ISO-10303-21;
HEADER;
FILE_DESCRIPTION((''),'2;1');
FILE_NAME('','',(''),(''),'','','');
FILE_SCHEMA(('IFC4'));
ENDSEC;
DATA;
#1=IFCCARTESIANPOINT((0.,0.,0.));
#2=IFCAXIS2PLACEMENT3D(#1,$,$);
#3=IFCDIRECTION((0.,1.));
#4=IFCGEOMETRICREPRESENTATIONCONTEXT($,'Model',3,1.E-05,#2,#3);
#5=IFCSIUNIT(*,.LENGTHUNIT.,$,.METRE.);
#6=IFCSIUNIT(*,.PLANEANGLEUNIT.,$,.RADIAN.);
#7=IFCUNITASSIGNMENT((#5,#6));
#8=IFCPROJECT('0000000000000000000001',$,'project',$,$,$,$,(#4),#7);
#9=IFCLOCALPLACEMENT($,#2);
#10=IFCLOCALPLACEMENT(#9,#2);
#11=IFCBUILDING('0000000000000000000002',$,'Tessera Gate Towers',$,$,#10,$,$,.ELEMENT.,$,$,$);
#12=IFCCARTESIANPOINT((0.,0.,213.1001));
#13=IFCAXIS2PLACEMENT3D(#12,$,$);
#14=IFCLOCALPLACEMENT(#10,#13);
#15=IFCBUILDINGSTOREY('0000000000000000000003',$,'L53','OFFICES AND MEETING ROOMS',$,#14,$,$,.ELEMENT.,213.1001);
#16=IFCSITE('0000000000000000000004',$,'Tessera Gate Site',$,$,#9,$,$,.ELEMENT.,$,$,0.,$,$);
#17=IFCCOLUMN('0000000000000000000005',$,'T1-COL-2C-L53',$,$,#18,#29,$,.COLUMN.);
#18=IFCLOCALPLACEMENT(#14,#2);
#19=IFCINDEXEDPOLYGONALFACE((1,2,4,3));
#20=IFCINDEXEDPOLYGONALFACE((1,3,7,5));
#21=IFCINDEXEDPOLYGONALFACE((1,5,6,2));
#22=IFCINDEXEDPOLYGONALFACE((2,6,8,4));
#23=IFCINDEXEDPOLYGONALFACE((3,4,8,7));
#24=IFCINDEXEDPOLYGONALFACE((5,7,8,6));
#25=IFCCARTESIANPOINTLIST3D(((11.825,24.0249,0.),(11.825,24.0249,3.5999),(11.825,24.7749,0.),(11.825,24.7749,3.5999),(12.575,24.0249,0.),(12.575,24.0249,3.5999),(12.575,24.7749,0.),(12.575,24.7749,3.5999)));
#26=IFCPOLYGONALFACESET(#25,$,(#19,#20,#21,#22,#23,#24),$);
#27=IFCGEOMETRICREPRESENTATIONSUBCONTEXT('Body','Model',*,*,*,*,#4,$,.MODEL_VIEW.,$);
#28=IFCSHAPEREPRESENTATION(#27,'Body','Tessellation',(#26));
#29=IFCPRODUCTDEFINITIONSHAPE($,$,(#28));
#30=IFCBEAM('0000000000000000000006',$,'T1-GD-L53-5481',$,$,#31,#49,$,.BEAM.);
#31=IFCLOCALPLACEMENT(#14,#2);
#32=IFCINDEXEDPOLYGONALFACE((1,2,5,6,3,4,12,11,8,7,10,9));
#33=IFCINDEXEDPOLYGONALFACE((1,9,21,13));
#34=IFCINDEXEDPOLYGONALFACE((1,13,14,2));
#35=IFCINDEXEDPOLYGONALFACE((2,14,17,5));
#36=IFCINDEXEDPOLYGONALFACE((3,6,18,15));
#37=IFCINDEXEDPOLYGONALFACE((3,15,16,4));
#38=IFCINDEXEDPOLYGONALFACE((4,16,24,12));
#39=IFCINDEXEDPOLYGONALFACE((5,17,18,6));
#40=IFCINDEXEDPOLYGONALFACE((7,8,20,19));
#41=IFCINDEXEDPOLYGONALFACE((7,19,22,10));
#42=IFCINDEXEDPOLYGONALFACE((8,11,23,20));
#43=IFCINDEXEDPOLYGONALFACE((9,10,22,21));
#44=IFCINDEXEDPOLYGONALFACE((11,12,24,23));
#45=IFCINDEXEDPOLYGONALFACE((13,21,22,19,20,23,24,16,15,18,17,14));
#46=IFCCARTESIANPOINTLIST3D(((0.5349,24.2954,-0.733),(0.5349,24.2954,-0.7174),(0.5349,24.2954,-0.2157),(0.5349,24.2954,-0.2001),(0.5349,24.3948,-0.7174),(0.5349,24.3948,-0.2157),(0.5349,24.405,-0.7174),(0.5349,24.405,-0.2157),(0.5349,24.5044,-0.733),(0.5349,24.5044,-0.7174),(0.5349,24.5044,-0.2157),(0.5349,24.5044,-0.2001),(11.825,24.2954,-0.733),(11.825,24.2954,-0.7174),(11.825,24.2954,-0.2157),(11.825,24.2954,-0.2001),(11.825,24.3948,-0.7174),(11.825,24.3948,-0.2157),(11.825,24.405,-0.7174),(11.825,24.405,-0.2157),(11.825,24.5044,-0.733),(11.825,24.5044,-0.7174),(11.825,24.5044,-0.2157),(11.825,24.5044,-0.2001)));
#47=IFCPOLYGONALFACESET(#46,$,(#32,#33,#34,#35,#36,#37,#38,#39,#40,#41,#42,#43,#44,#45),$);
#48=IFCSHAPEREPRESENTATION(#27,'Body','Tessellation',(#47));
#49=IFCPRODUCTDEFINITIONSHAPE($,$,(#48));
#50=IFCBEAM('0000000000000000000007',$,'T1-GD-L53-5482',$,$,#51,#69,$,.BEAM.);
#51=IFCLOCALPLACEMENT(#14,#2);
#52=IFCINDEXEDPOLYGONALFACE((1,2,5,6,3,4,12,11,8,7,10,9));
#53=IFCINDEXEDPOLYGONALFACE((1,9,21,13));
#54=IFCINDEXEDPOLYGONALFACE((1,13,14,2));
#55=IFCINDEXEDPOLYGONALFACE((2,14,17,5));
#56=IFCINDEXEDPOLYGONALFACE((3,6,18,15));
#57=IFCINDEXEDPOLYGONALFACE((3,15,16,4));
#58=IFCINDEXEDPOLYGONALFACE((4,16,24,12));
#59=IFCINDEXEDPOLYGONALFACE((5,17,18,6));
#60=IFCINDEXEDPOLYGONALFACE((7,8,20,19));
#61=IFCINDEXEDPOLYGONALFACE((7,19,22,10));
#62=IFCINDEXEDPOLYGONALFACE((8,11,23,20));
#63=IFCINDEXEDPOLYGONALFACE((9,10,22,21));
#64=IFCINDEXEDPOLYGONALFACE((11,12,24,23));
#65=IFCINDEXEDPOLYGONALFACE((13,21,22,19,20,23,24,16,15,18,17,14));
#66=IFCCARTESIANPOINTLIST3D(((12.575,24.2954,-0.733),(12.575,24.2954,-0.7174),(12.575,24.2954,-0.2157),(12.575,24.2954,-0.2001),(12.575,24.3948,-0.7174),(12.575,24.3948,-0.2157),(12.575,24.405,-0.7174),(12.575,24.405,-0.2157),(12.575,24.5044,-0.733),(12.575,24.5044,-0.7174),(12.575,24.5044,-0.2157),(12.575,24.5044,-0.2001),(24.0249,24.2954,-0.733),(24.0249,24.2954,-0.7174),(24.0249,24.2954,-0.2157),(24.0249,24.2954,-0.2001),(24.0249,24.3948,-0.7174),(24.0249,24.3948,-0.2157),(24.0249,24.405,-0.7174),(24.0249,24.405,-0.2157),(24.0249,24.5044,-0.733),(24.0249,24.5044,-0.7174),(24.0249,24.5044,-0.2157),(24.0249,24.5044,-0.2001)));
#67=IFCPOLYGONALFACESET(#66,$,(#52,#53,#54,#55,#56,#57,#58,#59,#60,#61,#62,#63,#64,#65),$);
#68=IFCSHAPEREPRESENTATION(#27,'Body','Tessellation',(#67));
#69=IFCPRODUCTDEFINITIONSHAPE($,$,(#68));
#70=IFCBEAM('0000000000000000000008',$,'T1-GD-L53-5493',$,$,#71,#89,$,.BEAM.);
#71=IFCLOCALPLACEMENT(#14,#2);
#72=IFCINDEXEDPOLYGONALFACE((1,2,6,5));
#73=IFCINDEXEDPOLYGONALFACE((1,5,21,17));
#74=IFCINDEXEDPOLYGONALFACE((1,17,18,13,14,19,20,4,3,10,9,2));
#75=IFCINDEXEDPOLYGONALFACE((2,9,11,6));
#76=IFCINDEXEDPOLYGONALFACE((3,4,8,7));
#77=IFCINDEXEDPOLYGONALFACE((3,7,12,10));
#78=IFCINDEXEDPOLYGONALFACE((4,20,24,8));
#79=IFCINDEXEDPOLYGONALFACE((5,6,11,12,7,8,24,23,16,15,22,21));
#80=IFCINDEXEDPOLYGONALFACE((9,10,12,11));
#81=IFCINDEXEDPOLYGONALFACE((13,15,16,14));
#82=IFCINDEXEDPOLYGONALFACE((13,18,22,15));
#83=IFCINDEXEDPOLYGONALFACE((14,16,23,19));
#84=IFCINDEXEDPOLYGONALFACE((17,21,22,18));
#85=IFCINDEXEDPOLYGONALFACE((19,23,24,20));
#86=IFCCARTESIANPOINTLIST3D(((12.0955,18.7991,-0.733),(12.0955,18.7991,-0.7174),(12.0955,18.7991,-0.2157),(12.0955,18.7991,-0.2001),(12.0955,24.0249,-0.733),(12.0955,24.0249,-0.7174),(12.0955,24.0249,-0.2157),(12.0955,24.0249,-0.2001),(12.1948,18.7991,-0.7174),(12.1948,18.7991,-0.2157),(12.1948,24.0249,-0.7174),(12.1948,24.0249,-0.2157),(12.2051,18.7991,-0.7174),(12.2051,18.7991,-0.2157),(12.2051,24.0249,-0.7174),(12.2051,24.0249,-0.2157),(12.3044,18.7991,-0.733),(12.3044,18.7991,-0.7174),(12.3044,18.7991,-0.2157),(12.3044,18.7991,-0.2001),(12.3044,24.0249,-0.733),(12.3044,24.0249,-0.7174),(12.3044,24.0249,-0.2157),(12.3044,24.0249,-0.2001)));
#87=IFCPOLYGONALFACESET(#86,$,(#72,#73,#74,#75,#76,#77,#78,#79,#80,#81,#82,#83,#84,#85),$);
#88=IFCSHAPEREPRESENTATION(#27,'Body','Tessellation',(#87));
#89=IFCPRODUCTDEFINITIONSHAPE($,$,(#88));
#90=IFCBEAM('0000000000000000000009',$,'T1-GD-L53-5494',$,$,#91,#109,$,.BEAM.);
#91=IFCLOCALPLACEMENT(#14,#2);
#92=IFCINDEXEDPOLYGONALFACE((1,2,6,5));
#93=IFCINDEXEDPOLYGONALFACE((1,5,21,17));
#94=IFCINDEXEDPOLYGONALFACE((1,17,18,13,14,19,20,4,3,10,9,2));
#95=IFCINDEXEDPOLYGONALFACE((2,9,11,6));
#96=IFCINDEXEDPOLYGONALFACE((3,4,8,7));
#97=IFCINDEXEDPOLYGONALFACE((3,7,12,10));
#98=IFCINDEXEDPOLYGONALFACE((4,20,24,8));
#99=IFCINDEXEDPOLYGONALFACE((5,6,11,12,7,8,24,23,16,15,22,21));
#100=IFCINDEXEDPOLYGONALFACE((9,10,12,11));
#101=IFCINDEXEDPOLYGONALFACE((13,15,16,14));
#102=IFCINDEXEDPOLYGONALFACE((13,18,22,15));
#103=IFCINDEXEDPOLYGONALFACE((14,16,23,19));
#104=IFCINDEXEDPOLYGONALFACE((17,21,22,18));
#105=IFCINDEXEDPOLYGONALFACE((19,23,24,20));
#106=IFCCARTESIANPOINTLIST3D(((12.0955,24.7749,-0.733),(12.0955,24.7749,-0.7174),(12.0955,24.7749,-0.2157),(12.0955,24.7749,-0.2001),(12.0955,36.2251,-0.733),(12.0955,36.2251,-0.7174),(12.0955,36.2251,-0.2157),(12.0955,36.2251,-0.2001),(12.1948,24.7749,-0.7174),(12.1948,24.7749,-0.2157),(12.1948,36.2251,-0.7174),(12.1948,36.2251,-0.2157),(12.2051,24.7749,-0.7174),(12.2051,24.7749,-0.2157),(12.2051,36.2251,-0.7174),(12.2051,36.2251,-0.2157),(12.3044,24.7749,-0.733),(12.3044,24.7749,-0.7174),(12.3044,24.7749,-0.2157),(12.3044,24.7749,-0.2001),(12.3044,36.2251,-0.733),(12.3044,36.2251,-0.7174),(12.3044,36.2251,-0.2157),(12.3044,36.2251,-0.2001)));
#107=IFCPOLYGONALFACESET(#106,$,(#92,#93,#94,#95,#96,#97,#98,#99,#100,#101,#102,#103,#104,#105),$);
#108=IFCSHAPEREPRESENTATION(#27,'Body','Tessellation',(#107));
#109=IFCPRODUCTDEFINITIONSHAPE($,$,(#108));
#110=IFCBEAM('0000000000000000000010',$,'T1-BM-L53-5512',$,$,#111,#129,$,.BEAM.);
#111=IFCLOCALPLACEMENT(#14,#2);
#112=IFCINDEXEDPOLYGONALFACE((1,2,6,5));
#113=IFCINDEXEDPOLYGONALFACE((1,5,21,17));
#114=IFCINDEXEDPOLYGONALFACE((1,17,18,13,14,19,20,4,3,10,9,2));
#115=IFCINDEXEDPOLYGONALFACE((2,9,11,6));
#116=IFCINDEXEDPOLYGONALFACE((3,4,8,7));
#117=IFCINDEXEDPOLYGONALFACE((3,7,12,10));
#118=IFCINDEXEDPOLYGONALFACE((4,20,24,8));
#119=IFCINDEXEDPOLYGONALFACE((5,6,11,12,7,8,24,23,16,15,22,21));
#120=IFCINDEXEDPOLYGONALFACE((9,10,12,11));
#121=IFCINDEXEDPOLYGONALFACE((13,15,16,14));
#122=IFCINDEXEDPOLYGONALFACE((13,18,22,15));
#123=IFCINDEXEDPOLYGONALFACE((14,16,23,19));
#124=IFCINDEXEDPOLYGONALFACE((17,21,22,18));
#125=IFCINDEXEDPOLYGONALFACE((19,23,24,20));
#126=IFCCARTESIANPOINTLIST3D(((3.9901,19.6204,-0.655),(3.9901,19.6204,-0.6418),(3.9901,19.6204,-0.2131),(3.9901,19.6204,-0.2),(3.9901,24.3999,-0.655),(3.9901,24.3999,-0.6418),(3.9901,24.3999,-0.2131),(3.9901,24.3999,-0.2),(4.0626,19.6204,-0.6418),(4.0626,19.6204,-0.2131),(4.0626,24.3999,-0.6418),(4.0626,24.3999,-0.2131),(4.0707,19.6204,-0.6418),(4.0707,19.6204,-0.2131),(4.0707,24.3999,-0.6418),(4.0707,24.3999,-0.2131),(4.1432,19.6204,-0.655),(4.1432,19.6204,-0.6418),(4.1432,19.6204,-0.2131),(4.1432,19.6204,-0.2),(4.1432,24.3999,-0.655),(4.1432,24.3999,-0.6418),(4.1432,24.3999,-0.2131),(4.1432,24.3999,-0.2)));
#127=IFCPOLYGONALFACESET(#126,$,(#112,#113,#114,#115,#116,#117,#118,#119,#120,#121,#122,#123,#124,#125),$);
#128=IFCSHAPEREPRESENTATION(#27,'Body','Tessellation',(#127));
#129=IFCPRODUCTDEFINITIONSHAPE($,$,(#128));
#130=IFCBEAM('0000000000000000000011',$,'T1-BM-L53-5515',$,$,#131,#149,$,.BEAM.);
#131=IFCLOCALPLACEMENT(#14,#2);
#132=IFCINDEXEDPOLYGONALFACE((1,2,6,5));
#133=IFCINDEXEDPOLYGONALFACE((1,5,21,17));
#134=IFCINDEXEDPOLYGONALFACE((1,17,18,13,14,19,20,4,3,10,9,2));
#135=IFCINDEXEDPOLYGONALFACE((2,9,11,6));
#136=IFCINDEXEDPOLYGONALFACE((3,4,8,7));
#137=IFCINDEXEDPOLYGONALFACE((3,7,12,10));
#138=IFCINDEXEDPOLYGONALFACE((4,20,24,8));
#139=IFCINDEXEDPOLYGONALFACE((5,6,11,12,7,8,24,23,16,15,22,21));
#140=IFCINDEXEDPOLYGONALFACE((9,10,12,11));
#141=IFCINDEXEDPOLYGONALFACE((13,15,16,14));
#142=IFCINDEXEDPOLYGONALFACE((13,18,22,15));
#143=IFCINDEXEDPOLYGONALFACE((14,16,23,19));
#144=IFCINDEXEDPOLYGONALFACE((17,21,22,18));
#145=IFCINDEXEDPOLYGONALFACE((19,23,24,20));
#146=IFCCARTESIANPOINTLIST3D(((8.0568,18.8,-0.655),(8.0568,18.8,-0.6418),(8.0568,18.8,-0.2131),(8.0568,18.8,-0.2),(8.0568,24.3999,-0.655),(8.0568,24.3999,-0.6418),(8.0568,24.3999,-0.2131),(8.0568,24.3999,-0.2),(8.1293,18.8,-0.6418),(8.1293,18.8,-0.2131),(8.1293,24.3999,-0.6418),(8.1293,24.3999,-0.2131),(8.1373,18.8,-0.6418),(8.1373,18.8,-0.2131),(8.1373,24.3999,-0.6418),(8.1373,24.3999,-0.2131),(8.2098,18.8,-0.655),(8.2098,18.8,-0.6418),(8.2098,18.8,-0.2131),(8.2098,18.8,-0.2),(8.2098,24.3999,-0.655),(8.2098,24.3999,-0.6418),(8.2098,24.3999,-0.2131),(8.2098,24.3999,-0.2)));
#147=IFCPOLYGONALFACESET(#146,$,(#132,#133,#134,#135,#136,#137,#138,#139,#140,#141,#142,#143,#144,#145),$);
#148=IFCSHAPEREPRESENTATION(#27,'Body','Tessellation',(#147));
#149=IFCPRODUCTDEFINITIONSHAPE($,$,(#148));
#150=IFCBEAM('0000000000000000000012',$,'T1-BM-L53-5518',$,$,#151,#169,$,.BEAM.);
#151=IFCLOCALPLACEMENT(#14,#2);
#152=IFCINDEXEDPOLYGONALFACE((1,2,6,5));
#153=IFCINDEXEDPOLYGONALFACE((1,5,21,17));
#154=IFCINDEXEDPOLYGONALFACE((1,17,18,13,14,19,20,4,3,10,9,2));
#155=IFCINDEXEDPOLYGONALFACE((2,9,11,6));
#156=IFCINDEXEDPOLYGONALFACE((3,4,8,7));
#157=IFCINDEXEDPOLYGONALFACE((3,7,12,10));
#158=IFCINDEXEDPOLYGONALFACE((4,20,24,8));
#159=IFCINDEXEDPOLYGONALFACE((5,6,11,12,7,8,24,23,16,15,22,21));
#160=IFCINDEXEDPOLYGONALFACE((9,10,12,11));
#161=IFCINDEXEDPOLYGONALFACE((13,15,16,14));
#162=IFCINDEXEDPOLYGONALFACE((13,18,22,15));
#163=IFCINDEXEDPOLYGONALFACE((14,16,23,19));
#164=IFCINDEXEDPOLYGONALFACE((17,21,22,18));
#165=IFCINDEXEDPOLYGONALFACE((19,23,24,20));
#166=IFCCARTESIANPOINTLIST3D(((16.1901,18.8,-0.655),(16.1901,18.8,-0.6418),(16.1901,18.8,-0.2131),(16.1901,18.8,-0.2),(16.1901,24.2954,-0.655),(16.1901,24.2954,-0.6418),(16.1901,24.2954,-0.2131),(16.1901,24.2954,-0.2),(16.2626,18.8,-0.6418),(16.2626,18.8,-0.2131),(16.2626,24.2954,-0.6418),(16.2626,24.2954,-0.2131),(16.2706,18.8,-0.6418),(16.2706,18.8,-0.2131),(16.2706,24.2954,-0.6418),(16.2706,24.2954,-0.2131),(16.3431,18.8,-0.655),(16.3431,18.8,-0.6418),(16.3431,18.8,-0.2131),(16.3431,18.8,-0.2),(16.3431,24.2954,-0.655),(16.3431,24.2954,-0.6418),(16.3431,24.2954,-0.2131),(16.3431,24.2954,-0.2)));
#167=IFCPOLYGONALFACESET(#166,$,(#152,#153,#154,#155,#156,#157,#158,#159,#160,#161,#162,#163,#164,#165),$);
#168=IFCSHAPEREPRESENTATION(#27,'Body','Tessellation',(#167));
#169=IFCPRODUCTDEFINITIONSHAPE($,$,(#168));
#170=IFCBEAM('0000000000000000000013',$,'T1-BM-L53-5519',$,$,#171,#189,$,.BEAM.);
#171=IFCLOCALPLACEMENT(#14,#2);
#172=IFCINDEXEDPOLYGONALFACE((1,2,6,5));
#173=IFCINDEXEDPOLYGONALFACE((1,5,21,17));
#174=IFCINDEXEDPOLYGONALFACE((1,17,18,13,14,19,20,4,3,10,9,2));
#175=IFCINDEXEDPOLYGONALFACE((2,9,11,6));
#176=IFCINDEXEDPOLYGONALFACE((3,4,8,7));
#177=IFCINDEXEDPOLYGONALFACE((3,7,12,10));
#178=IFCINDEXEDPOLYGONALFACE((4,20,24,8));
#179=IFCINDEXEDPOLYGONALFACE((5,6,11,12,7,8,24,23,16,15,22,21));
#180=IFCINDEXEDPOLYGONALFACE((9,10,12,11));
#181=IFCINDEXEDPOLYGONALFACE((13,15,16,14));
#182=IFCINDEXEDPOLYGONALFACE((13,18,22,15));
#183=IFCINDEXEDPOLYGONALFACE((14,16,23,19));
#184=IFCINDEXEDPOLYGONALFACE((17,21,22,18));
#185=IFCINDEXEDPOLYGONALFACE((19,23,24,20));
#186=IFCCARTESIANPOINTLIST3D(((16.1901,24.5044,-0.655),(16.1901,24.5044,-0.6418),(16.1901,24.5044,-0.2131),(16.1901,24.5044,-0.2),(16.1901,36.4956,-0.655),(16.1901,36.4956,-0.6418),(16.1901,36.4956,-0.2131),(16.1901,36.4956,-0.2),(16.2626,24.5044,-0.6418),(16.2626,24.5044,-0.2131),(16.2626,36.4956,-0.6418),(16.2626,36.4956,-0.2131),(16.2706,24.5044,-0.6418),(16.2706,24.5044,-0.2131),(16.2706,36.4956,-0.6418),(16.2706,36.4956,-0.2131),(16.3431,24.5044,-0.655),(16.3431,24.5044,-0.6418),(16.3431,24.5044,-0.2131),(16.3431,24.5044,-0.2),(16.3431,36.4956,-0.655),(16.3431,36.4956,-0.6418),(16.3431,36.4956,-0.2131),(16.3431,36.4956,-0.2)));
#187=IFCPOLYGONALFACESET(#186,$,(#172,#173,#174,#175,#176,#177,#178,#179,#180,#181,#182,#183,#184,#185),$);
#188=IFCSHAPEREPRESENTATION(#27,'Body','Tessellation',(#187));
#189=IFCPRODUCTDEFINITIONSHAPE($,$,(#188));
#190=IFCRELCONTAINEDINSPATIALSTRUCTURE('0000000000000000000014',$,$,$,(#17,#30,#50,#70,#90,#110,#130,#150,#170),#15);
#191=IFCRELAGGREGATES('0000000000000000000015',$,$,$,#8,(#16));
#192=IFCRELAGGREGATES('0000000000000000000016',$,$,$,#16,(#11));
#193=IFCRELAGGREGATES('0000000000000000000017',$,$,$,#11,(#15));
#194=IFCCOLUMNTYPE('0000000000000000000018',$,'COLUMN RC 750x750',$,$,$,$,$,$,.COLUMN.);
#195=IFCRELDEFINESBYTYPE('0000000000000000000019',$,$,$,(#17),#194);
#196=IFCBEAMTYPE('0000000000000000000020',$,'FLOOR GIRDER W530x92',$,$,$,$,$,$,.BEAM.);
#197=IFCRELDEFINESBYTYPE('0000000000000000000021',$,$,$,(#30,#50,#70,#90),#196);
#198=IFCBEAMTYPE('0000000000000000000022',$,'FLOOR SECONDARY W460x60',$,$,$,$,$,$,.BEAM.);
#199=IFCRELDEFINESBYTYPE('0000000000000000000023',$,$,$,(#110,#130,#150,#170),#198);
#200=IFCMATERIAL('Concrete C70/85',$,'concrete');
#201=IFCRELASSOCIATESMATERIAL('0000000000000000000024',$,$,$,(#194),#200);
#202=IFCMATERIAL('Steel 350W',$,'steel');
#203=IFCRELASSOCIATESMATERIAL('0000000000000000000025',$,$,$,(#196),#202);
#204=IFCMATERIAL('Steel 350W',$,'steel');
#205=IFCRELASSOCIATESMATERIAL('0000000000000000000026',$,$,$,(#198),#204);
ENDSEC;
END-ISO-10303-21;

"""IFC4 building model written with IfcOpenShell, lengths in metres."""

from ifc_helpers import new_model, si_unit, direction, frame, origin, origin_2d, place, context, subcontext, project, spatial, rectangle, i_section, extrude, material, material_profile, profile_set, type_object, element, save


model = new_model("IFC4")

# Units and contexts
model_context = context("Model", 3, precision=1e-05, world=origin(), true_north=direction((0.0, 1.0)))
body_context = subcontext(model_context, "Body", "Model", "MODEL_VIEW")
ifc_project = project(units=[si_unit("LENGTHUNIT", "METRE"), si_unit("PLANEANGLEUNIT", "RADIAN")], contexts=[model_context])

# Site, building, storey
site_placement = place(None, origin())
site = spatial("IfcSite", under=ifc_project, at=site_placement, Name="Tessera Gate Site", CompositionType="ELEMENT", RefElevation=0.0)
building_placement = place(site_placement, origin())
building = spatial("IfcBuilding", under=site, at=building_placement, Name="Tessera Gate Towers", CompositionType="ELEMENT")
storey_placement = place(building_placement, frame((0.0, 0.0, 213.1001)))
storey = spatial("IfcBuildingStorey", under=building, at=storey_placement, Name="L53", Description="OFFICES AND MEETING ROOMS", CompositionType="ELEMENT", Elevation=213.1001)

# Column
ifc_material_1 = material(Name="Concrete C70/85", Category="concrete")
ifc_material_profile_1 = material_profile(ifc_material_1, rectangle(XDim=0.75, YDim=0.75, at=origin_2d()), Name="RC 750x750")
ifc_profile_set_1 = profile_set([ifc_material_profile_1], Name="Concrete C70/85")
column_type = type_object("IfcColumnType", Name="COLUMN RC 750x750", PredefinedType="COLUMN", material=ifc_profile_set_1)
column_placement = place(storey_placement, frame((12.2, 24.3999, 0.0), z_axis=(0.0, 0.0, 1.0), x_axis=(1.0, 0.0, 0.0)))
element("IfcColumn", 1, at=column_placement, inside=storey, type_object=column_type, Name="T1-COL-2C-L53", PredefinedType="COLUMN", context=body_context, shape_type="SweptSolid", body=[
    extrude(rectangle(XDim=0.75, YDim=0.75, at=origin_2d()), origin(), (0.0, 0.0, 1.0), 3.5999),
])

# Beams
ifc_material_2 = material(Name="Steel 350W", Category="steel")
ifc_material_profile_2 = material_profile(ifc_material_2, i_section(OverallWidth=0.209, OverallDepth=0.533, WebThickness=0.0103, FlangeThickness=0.0156, at=origin_2d()), Name="W530x92")
ifc_profile_set_2 = profile_set([ifc_material_profile_2], Name="Steel 350W")
beam_type_1 = type_object("IfcBeamType", Name="FLOOR GIRDER W530x92", PredefinedType="BEAM", material=ifc_profile_set_2)
beam_1_placement = place(storey_placement, frame((0.5349, 24.3999, -0.4666), z_axis=(1.0, 0.0, 0.0), x_axis=(0.0, 1.0, 0.0)))
element("IfcBeam", 2, at=beam_1_placement, inside=storey, type_object=beam_type_1, Name="T1-GD-L53-5481", PredefinedType="BEAM", context=body_context, shape_type="SweptSolid", body=[
    extrude(i_section(OverallWidth=0.209, OverallDepth=0.533, WebThickness=0.0103, FlangeThickness=0.0156, at=origin_2d()), origin(), (0.0, 0.0, 1.0), 11.29),
])
beam_2_placement = place(storey_placement, frame((12.575, 24.3999, -0.4666), z_axis=(1.0, 0.0, 0.0), x_axis=(0.0, 1.0, 0.0)))
element("IfcBeam", 3, at=beam_2_placement, inside=storey, type_object=beam_type_1, Name="T1-GD-L53-5482", PredefinedType="BEAM", context=body_context, shape_type="SweptSolid", body=[
    extrude(i_section(OverallWidth=0.209, OverallDepth=0.533, WebThickness=0.0103, FlangeThickness=0.0156, at=origin_2d()), origin(), (0.0, 0.0, 1.0), 11.45),
])
beam_3_placement = place(storey_placement, frame((12.2, 18.7991, -0.4666), z_axis=(0.0, 1.0, 0.0), x_axis=(-1.0, 0.0, 0.0)))
element("IfcBeam", 4, at=beam_3_placement, inside=storey, type_object=beam_type_1, Name="T1-GD-L53-5493", PredefinedType="BEAM", context=body_context, shape_type="SweptSolid", body=[
    extrude(i_section(OverallWidth=0.209, OverallDepth=0.533, WebThickness=0.0103, FlangeThickness=0.0156, at=origin_2d()), origin(), (0.0, 0.0, 1.0), 5.2258),
])
beam_4_placement = place(storey_placement, frame((12.2, 24.7749, -0.4666), z_axis=(0.0, 1.0, 0.0), x_axis=(-1.0, 0.0, 0.0)))
element("IfcBeam", 5, at=beam_4_placement, inside=storey, type_object=beam_type_1, Name="T1-GD-L53-5494", PredefinedType="BEAM", context=body_context, shape_type="SweptSolid", body=[
    extrude(i_section(OverallWidth=0.209, OverallDepth=0.533, WebThickness=0.0103, FlangeThickness=0.0156, at=origin_2d()), origin(), (0.0, 0.0, 1.0), 11.4502),
])
ifc_material_3 = material(Name="Steel 350W", Category="steel")
ifc_material_profile_3 = material_profile(ifc_material_3, i_section(OverallWidth=0.1531, OverallDepth=0.4551, WebThickness=0.0081, FlangeThickness=0.0132, at=origin_2d()), Name="W460x60")
ifc_profile_set_3 = profile_set([ifc_material_profile_3], Name="Steel 350W")
beam_type_2 = type_object("IfcBeamType", Name="FLOOR SECONDARY W460x60", PredefinedType="BEAM", material=ifc_profile_set_3)
beam_5_placement = place(storey_placement, frame((4.0667, 19.6204, -0.4275), z_axis=(0.0, 1.0, 0.0), x_axis=(-1.0, 0.0, 0.0)))
element("IfcBeam", 6, at=beam_5_placement, inside=storey, type_object=beam_type_2, Name="T1-BM-L53-5512", PredefinedType="BEAM", context=body_context, shape_type="SweptSolid", body=[
    extrude(i_section(OverallWidth=0.1531, OverallDepth=0.4551, WebThickness=0.0081, FlangeThickness=0.0132, at=origin_2d()), origin(), (0.0, 0.0, 1.0), 4.7795),
])
beam_6_placement = place(storey_placement, frame((8.1333, 18.8, -0.4275), z_axis=(0.0, 1.0, 0.0), x_axis=(-1.0, 0.0, 0.0)))
element("IfcBeam", 7, at=beam_6_placement, inside=storey, type_object=beam_type_2, Name="T1-BM-L53-5515", PredefinedType="BEAM", context=body_context, shape_type="SweptSolid", body=[
    extrude(i_section(OverallWidth=0.1531, OverallDepth=0.4551, WebThickness=0.0081, FlangeThickness=0.0132, at=origin_2d()), origin(), (0.0, 0.0, 1.0), 5.5999),
])
beam_7_placement = place(storey_placement, frame((16.2666, 18.8, -0.4275), z_axis=(0.0, 1.0, 0.0), x_axis=(-1.0, 0.0, 0.0)))
element("IfcBeam", 8, at=beam_7_placement, inside=storey, type_object=beam_type_2, Name="T1-BM-L53-5518", PredefinedType="BEAM", context=body_context, shape_type="SweptSolid", body=[
    extrude(i_section(OverallWidth=0.1531, OverallDepth=0.4551, WebThickness=0.0081, FlangeThickness=0.0132, at=origin_2d()), origin(), (0.0, 0.0, 1.0), 5.4954),
])
beam_8_placement = place(storey_placement, frame((16.2666, 24.5044, -0.4275), z_axis=(0.0, 1.0, 0.0), x_axis=(-1.0, 0.0, 0.0)))
element("IfcBeam", 9, at=beam_8_placement, inside=storey, type_object=beam_type_2, Name="T1-BM-L53-5519", PredefinedType="BEAM", context=body_context, shape_type="SweptSolid", body=[
    extrude(i_section(OverallWidth=0.1531, OverallDepth=0.4551, WebThickness=0.0081, FlangeThickness=0.0132, at=origin_2d()), origin(), (0.0, 0.0, 1.0), 11.9912),
])

save(model, "model.ifc")
